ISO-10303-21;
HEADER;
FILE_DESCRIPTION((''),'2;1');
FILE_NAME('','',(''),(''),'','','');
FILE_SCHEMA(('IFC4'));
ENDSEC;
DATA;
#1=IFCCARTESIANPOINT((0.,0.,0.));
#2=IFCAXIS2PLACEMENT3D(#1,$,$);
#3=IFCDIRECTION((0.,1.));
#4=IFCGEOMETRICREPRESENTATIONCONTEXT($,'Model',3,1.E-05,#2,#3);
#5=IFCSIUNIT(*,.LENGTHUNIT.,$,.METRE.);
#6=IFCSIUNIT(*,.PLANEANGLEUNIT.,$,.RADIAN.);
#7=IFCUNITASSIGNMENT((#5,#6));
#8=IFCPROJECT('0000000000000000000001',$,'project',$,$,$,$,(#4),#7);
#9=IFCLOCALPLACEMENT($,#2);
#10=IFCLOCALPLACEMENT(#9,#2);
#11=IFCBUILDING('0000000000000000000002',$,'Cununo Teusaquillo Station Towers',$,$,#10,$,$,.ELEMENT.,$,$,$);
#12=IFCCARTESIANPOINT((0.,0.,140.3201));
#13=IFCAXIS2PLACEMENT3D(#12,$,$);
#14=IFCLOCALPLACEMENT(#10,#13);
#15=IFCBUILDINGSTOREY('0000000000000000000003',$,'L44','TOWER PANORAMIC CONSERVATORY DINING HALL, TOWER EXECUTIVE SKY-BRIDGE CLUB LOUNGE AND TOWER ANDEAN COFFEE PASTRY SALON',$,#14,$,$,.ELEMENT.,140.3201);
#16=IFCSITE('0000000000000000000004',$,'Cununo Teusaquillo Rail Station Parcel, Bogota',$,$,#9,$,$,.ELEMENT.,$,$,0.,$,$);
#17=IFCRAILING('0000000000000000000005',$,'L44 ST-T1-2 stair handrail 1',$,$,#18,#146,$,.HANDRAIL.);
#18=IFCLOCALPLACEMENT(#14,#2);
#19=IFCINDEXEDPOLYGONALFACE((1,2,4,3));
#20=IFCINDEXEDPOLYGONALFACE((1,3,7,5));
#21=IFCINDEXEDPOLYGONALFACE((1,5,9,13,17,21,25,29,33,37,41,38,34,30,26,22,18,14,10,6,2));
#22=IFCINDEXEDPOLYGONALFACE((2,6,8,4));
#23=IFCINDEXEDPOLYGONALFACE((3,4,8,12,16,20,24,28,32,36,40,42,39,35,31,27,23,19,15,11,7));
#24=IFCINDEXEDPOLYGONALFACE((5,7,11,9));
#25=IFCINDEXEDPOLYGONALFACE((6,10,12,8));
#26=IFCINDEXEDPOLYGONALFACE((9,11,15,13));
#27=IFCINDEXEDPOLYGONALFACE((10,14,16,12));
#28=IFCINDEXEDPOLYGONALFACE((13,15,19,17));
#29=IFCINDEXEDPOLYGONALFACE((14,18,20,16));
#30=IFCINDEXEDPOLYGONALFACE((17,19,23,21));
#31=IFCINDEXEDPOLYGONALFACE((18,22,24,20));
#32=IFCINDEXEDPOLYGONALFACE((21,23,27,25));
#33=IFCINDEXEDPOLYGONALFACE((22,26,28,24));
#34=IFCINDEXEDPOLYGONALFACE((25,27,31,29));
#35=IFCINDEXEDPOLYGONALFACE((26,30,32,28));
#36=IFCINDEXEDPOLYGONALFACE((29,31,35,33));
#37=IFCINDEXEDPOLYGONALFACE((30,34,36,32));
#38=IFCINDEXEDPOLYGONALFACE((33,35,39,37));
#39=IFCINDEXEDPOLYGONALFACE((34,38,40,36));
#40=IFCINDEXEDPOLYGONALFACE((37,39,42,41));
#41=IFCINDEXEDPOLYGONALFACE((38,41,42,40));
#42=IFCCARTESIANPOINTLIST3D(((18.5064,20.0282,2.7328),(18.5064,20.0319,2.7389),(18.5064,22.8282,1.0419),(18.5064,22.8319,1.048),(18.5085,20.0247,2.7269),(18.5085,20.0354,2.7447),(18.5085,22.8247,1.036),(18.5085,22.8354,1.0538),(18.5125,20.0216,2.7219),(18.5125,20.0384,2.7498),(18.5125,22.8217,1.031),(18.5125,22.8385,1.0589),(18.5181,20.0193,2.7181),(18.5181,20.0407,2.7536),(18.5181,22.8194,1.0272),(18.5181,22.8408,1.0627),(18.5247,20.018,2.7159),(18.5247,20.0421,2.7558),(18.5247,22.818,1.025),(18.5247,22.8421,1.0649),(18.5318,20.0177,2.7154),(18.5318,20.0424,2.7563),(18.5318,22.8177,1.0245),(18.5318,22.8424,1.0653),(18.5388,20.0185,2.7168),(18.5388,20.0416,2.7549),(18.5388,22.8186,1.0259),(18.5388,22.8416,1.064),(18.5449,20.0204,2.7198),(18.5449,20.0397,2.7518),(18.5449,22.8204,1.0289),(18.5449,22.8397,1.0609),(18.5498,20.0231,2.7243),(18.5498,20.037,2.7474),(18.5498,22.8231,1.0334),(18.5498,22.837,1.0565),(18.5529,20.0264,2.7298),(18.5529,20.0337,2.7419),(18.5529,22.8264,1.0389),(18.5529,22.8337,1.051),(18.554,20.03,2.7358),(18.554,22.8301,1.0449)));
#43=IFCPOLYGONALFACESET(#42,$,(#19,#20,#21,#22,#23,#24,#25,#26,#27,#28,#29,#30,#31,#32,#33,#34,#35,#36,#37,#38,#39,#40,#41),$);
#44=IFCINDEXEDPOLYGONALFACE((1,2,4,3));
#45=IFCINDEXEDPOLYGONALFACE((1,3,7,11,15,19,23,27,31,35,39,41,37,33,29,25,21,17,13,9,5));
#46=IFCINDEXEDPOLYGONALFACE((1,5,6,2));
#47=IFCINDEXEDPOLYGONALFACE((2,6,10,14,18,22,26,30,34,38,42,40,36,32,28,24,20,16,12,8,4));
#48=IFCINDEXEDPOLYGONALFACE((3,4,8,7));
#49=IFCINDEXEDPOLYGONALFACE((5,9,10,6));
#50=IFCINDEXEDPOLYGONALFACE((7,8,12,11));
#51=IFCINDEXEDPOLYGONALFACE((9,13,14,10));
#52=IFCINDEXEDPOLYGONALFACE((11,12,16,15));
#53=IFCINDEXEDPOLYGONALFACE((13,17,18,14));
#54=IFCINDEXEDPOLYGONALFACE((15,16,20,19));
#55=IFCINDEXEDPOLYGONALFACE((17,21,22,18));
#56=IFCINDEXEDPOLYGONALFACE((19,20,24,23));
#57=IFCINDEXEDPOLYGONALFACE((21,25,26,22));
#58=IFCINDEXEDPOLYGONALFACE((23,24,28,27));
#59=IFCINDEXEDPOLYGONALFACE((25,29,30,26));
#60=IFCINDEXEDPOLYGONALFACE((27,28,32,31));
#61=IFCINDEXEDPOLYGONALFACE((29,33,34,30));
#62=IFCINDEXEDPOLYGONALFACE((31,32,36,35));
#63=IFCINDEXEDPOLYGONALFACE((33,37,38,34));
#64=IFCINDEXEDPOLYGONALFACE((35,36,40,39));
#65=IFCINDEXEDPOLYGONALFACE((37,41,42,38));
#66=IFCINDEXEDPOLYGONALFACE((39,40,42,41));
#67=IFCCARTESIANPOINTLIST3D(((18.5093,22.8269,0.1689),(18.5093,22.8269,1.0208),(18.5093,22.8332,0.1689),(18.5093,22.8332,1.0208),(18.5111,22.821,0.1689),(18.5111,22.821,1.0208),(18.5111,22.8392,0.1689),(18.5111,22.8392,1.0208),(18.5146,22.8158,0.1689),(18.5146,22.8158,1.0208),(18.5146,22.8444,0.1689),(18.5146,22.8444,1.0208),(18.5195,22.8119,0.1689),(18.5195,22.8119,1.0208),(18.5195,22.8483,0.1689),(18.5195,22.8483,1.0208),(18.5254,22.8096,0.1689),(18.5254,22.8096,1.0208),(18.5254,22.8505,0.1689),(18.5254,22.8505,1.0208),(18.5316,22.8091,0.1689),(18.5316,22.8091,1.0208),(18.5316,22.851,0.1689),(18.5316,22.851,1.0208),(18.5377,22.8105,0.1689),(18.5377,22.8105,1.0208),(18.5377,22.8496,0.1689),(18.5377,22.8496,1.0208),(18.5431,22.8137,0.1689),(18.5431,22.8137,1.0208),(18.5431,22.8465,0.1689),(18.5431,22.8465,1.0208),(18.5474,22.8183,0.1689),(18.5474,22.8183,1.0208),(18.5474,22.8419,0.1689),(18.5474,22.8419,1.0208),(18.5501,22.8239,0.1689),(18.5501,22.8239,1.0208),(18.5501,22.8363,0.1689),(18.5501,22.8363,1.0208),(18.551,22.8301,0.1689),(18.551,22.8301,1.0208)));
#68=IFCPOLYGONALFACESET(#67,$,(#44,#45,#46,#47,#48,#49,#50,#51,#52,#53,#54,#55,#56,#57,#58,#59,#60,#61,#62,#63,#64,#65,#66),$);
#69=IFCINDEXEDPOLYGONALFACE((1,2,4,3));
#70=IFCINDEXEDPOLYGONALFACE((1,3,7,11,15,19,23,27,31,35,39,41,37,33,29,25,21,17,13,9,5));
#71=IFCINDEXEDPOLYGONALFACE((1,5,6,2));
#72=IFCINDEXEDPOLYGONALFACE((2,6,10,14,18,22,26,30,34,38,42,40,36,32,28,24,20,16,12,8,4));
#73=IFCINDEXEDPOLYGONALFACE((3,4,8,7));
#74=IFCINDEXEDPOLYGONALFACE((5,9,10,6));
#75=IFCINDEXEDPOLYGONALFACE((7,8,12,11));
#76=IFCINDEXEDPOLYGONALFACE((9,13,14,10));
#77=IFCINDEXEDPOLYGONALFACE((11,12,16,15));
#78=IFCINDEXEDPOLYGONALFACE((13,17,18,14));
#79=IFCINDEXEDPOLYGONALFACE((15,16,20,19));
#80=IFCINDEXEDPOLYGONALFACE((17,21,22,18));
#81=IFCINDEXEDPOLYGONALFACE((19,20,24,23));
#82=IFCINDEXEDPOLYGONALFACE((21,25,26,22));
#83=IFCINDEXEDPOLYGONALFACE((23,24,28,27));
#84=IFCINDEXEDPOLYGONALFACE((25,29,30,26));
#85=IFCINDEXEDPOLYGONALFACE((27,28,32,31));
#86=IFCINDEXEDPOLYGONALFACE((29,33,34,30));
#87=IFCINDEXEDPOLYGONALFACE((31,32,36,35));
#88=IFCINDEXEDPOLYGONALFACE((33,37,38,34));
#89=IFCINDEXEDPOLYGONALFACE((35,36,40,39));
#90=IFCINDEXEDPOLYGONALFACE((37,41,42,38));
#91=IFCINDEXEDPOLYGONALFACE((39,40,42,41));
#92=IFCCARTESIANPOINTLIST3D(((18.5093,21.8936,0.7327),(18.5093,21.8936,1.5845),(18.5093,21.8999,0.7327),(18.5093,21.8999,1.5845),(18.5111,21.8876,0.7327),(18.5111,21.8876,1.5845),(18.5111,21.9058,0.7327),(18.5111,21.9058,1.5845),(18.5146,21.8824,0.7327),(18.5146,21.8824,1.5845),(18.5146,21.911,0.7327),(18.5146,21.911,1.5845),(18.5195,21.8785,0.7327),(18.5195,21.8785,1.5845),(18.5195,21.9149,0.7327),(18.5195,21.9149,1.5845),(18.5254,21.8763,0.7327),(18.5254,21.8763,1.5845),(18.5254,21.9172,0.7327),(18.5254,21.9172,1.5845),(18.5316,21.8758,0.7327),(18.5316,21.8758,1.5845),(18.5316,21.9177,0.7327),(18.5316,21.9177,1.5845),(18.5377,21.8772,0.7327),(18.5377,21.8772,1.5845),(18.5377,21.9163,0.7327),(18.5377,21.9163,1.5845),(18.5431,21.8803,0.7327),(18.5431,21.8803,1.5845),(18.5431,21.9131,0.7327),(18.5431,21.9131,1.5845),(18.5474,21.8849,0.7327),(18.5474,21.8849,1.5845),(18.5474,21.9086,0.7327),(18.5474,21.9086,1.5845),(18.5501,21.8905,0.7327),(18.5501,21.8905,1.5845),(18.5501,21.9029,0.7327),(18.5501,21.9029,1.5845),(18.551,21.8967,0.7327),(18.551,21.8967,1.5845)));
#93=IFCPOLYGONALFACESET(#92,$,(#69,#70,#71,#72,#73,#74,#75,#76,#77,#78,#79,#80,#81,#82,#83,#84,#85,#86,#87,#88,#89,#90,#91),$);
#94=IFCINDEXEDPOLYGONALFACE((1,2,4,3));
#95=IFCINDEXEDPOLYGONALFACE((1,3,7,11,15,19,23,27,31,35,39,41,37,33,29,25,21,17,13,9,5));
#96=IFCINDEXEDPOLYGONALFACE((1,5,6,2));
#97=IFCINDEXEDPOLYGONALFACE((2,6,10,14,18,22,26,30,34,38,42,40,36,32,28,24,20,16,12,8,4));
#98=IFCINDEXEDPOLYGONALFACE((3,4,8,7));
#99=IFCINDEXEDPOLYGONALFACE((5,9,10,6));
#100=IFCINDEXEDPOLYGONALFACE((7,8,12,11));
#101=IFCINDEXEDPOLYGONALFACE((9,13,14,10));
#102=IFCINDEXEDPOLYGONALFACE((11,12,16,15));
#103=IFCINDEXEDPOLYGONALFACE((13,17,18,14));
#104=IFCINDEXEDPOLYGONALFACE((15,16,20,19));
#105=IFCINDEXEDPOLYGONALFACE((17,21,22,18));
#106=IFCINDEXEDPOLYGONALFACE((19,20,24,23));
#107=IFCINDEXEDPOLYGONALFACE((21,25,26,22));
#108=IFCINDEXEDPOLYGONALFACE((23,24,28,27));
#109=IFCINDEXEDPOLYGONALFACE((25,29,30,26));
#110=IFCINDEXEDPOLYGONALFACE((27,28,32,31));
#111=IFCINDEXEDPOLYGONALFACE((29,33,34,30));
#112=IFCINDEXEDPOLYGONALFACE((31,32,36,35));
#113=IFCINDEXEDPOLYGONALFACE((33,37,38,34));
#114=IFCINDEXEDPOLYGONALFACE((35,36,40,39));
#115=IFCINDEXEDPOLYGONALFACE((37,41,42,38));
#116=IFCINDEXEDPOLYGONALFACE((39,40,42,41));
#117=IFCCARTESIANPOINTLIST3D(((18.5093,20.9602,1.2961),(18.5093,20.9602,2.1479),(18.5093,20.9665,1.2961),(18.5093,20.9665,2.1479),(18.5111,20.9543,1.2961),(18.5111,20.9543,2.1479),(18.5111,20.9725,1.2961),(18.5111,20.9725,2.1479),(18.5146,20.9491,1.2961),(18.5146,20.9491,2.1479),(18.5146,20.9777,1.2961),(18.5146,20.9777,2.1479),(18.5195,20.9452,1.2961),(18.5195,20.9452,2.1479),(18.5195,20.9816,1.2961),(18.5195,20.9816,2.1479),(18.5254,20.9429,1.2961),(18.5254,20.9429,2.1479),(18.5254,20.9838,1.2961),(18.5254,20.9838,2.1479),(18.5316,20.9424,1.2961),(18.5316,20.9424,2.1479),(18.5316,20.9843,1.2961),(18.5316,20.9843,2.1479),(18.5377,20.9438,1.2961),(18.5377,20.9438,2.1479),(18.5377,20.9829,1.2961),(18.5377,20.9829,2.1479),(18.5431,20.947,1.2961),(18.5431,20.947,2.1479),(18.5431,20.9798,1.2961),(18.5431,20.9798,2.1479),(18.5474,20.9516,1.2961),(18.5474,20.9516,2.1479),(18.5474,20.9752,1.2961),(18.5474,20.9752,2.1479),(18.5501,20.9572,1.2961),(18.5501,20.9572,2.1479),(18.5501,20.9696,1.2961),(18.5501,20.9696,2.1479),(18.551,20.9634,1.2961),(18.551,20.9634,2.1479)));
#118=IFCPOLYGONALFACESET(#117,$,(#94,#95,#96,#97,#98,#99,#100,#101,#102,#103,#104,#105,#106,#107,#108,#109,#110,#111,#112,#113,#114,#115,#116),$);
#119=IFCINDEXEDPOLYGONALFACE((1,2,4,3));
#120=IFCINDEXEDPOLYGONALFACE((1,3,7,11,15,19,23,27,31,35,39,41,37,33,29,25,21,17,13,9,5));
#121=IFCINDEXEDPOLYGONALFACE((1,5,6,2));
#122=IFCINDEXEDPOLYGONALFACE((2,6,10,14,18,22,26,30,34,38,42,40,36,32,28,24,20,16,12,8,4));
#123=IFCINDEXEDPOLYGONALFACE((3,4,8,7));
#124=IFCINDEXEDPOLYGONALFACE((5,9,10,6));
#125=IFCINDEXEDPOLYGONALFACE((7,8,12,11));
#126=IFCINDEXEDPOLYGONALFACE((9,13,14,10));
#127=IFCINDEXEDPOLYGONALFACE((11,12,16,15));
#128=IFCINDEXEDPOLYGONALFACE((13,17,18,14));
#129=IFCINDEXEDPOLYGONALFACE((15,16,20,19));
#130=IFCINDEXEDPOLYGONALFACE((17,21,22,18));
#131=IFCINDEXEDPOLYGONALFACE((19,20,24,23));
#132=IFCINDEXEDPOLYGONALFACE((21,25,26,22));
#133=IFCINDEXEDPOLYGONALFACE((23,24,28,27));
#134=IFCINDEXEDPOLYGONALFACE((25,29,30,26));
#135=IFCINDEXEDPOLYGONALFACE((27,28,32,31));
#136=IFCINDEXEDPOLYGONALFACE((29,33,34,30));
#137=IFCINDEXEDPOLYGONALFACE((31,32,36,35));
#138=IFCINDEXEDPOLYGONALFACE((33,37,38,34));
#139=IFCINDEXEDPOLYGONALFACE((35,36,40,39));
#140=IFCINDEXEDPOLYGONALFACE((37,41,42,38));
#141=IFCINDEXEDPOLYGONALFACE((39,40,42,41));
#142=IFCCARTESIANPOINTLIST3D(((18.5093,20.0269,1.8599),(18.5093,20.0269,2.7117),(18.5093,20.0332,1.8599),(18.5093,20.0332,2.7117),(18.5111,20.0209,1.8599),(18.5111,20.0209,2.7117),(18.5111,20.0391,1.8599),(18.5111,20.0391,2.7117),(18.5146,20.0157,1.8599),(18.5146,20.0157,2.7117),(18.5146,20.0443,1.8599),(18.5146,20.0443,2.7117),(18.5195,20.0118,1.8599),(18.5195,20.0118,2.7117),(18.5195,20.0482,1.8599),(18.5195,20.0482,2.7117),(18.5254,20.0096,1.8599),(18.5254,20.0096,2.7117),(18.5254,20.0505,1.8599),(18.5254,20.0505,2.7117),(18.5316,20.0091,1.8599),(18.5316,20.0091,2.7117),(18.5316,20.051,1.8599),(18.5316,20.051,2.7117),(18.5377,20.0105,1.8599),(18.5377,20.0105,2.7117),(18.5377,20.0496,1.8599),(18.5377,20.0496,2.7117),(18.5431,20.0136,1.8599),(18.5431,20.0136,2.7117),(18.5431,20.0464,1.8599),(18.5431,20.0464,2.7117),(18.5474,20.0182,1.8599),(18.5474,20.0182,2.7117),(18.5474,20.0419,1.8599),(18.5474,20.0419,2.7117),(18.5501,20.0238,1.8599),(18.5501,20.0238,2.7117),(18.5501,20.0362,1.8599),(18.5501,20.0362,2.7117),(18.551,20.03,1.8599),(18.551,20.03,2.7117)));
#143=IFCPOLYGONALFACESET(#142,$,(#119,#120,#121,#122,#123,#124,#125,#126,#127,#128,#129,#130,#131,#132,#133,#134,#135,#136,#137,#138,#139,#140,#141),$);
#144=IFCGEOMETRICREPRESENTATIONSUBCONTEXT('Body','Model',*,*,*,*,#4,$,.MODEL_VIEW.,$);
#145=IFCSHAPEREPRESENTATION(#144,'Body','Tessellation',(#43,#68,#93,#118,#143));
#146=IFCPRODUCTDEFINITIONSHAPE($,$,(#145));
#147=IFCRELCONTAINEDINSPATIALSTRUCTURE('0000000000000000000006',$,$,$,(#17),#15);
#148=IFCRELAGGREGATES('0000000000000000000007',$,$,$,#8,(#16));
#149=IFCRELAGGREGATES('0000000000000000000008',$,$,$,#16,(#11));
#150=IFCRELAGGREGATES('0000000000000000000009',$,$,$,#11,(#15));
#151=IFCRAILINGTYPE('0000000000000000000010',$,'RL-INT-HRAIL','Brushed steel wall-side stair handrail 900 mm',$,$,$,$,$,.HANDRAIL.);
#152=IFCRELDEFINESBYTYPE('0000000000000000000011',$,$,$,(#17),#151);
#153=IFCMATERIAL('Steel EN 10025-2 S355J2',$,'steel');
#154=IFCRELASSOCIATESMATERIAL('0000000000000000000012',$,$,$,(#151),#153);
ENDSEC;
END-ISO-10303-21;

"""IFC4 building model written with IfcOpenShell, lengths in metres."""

from ifc_helpers import new_model, si_unit, direction, frame, origin, origin_2d, place, context, subcontext, project, spatial, circle, extrude, material, type_object, element, save


model = new_model("IFC4")

# Units and contexts
model_context = context("Model", 3, precision=1e-05, world=origin(), true_north=direction((0.0, 1.0)))
body_context = subcontext(model_context, "Body", "Model", "MODEL_VIEW")
ifc_project = project(units=[si_unit("LENGTHUNIT", "METRE"), si_unit("PLANEANGLEUNIT", "RADIAN")], contexts=[model_context])

# Site, building, storey
site_placement = place(None, origin())
site = spatial("IfcSite", under=ifc_project, at=site_placement, Name="Cununo Teusaquillo Rail Station Parcel, Bogota", CompositionType="ELEMENT", RefElevation=0.0)
building_placement = place(site_placement, origin())
building = spatial("IfcBuilding", under=site, at=building_placement, Name="Cununo Teusaquillo Station Towers", CompositionType="ELEMENT")
storey_placement = place(building_placement, frame((0.0, 0.0, 140.3201)))
storey = spatial("IfcBuildingStorey", under=building, at=storey_placement, Name="L44", Description="TOWER PANORAMIC CONSERVATORY DINING HALL, TOWER EXECUTIVE SKY-BRIDGE CLUB LOUNGE AND TOWER ANDEAN COFFEE PASTRY SALON", CompositionType="ELEMENT", Elevation=140.3201)

# Railing
ifc_material_1 = material(Name="Steel EN 10025-2 S355J2", Category="steel")
railing_type_1 = type_object("IfcRailingType", Name="RL-INT-HRAIL", Description="Brushed steel wall-side stair handrail 900 mm", PredefinedType="HANDRAIL", material=ifc_material_1)
railing_1_placement = place(storey_placement, frame((18.53, 22.8301, 0.1689)))
element("IfcRailing", 1, at=railing_1_placement, inside=storey, type_object=railing_type_1, Name="L44 ST-T1-2 stair handrail 1", PredefinedType="HANDRAIL", context=body_context, shape_type="SweptSolid", body=[
    extrude(circle(Radius=0.0239, at=origin_2d()), frame((0.0, 0.0, 0.876), z_axis=(0.0, -0.856021, 0.516941), x_axis=(1.0, 0.0, 0.0)), (0.0, 0.0, 1.0), 3.271),
    extrude(circle(Radius=0.021, at=origin_2d()), origin(), (0.0, 0.0, 1.0), 0.8518),
    extrude(circle(Radius=0.021, at=origin_2d()), frame((0.0, -0.9333, 0.5637)), (0.0, 0.0, 1.0), 0.8518),
    extrude(circle(Radius=0.021, at=origin_2d()), frame((0.0, -1.8667, 1.1272)), (0.0, 0.0, 1.0), 0.8518),
    extrude(circle(Radius=0.021, at=origin_2d()), frame((0.0, -2.8, 1.6909)), (0.0, 0.0, 1.0), 0.8518),
])

save(model, "model.ifc")
